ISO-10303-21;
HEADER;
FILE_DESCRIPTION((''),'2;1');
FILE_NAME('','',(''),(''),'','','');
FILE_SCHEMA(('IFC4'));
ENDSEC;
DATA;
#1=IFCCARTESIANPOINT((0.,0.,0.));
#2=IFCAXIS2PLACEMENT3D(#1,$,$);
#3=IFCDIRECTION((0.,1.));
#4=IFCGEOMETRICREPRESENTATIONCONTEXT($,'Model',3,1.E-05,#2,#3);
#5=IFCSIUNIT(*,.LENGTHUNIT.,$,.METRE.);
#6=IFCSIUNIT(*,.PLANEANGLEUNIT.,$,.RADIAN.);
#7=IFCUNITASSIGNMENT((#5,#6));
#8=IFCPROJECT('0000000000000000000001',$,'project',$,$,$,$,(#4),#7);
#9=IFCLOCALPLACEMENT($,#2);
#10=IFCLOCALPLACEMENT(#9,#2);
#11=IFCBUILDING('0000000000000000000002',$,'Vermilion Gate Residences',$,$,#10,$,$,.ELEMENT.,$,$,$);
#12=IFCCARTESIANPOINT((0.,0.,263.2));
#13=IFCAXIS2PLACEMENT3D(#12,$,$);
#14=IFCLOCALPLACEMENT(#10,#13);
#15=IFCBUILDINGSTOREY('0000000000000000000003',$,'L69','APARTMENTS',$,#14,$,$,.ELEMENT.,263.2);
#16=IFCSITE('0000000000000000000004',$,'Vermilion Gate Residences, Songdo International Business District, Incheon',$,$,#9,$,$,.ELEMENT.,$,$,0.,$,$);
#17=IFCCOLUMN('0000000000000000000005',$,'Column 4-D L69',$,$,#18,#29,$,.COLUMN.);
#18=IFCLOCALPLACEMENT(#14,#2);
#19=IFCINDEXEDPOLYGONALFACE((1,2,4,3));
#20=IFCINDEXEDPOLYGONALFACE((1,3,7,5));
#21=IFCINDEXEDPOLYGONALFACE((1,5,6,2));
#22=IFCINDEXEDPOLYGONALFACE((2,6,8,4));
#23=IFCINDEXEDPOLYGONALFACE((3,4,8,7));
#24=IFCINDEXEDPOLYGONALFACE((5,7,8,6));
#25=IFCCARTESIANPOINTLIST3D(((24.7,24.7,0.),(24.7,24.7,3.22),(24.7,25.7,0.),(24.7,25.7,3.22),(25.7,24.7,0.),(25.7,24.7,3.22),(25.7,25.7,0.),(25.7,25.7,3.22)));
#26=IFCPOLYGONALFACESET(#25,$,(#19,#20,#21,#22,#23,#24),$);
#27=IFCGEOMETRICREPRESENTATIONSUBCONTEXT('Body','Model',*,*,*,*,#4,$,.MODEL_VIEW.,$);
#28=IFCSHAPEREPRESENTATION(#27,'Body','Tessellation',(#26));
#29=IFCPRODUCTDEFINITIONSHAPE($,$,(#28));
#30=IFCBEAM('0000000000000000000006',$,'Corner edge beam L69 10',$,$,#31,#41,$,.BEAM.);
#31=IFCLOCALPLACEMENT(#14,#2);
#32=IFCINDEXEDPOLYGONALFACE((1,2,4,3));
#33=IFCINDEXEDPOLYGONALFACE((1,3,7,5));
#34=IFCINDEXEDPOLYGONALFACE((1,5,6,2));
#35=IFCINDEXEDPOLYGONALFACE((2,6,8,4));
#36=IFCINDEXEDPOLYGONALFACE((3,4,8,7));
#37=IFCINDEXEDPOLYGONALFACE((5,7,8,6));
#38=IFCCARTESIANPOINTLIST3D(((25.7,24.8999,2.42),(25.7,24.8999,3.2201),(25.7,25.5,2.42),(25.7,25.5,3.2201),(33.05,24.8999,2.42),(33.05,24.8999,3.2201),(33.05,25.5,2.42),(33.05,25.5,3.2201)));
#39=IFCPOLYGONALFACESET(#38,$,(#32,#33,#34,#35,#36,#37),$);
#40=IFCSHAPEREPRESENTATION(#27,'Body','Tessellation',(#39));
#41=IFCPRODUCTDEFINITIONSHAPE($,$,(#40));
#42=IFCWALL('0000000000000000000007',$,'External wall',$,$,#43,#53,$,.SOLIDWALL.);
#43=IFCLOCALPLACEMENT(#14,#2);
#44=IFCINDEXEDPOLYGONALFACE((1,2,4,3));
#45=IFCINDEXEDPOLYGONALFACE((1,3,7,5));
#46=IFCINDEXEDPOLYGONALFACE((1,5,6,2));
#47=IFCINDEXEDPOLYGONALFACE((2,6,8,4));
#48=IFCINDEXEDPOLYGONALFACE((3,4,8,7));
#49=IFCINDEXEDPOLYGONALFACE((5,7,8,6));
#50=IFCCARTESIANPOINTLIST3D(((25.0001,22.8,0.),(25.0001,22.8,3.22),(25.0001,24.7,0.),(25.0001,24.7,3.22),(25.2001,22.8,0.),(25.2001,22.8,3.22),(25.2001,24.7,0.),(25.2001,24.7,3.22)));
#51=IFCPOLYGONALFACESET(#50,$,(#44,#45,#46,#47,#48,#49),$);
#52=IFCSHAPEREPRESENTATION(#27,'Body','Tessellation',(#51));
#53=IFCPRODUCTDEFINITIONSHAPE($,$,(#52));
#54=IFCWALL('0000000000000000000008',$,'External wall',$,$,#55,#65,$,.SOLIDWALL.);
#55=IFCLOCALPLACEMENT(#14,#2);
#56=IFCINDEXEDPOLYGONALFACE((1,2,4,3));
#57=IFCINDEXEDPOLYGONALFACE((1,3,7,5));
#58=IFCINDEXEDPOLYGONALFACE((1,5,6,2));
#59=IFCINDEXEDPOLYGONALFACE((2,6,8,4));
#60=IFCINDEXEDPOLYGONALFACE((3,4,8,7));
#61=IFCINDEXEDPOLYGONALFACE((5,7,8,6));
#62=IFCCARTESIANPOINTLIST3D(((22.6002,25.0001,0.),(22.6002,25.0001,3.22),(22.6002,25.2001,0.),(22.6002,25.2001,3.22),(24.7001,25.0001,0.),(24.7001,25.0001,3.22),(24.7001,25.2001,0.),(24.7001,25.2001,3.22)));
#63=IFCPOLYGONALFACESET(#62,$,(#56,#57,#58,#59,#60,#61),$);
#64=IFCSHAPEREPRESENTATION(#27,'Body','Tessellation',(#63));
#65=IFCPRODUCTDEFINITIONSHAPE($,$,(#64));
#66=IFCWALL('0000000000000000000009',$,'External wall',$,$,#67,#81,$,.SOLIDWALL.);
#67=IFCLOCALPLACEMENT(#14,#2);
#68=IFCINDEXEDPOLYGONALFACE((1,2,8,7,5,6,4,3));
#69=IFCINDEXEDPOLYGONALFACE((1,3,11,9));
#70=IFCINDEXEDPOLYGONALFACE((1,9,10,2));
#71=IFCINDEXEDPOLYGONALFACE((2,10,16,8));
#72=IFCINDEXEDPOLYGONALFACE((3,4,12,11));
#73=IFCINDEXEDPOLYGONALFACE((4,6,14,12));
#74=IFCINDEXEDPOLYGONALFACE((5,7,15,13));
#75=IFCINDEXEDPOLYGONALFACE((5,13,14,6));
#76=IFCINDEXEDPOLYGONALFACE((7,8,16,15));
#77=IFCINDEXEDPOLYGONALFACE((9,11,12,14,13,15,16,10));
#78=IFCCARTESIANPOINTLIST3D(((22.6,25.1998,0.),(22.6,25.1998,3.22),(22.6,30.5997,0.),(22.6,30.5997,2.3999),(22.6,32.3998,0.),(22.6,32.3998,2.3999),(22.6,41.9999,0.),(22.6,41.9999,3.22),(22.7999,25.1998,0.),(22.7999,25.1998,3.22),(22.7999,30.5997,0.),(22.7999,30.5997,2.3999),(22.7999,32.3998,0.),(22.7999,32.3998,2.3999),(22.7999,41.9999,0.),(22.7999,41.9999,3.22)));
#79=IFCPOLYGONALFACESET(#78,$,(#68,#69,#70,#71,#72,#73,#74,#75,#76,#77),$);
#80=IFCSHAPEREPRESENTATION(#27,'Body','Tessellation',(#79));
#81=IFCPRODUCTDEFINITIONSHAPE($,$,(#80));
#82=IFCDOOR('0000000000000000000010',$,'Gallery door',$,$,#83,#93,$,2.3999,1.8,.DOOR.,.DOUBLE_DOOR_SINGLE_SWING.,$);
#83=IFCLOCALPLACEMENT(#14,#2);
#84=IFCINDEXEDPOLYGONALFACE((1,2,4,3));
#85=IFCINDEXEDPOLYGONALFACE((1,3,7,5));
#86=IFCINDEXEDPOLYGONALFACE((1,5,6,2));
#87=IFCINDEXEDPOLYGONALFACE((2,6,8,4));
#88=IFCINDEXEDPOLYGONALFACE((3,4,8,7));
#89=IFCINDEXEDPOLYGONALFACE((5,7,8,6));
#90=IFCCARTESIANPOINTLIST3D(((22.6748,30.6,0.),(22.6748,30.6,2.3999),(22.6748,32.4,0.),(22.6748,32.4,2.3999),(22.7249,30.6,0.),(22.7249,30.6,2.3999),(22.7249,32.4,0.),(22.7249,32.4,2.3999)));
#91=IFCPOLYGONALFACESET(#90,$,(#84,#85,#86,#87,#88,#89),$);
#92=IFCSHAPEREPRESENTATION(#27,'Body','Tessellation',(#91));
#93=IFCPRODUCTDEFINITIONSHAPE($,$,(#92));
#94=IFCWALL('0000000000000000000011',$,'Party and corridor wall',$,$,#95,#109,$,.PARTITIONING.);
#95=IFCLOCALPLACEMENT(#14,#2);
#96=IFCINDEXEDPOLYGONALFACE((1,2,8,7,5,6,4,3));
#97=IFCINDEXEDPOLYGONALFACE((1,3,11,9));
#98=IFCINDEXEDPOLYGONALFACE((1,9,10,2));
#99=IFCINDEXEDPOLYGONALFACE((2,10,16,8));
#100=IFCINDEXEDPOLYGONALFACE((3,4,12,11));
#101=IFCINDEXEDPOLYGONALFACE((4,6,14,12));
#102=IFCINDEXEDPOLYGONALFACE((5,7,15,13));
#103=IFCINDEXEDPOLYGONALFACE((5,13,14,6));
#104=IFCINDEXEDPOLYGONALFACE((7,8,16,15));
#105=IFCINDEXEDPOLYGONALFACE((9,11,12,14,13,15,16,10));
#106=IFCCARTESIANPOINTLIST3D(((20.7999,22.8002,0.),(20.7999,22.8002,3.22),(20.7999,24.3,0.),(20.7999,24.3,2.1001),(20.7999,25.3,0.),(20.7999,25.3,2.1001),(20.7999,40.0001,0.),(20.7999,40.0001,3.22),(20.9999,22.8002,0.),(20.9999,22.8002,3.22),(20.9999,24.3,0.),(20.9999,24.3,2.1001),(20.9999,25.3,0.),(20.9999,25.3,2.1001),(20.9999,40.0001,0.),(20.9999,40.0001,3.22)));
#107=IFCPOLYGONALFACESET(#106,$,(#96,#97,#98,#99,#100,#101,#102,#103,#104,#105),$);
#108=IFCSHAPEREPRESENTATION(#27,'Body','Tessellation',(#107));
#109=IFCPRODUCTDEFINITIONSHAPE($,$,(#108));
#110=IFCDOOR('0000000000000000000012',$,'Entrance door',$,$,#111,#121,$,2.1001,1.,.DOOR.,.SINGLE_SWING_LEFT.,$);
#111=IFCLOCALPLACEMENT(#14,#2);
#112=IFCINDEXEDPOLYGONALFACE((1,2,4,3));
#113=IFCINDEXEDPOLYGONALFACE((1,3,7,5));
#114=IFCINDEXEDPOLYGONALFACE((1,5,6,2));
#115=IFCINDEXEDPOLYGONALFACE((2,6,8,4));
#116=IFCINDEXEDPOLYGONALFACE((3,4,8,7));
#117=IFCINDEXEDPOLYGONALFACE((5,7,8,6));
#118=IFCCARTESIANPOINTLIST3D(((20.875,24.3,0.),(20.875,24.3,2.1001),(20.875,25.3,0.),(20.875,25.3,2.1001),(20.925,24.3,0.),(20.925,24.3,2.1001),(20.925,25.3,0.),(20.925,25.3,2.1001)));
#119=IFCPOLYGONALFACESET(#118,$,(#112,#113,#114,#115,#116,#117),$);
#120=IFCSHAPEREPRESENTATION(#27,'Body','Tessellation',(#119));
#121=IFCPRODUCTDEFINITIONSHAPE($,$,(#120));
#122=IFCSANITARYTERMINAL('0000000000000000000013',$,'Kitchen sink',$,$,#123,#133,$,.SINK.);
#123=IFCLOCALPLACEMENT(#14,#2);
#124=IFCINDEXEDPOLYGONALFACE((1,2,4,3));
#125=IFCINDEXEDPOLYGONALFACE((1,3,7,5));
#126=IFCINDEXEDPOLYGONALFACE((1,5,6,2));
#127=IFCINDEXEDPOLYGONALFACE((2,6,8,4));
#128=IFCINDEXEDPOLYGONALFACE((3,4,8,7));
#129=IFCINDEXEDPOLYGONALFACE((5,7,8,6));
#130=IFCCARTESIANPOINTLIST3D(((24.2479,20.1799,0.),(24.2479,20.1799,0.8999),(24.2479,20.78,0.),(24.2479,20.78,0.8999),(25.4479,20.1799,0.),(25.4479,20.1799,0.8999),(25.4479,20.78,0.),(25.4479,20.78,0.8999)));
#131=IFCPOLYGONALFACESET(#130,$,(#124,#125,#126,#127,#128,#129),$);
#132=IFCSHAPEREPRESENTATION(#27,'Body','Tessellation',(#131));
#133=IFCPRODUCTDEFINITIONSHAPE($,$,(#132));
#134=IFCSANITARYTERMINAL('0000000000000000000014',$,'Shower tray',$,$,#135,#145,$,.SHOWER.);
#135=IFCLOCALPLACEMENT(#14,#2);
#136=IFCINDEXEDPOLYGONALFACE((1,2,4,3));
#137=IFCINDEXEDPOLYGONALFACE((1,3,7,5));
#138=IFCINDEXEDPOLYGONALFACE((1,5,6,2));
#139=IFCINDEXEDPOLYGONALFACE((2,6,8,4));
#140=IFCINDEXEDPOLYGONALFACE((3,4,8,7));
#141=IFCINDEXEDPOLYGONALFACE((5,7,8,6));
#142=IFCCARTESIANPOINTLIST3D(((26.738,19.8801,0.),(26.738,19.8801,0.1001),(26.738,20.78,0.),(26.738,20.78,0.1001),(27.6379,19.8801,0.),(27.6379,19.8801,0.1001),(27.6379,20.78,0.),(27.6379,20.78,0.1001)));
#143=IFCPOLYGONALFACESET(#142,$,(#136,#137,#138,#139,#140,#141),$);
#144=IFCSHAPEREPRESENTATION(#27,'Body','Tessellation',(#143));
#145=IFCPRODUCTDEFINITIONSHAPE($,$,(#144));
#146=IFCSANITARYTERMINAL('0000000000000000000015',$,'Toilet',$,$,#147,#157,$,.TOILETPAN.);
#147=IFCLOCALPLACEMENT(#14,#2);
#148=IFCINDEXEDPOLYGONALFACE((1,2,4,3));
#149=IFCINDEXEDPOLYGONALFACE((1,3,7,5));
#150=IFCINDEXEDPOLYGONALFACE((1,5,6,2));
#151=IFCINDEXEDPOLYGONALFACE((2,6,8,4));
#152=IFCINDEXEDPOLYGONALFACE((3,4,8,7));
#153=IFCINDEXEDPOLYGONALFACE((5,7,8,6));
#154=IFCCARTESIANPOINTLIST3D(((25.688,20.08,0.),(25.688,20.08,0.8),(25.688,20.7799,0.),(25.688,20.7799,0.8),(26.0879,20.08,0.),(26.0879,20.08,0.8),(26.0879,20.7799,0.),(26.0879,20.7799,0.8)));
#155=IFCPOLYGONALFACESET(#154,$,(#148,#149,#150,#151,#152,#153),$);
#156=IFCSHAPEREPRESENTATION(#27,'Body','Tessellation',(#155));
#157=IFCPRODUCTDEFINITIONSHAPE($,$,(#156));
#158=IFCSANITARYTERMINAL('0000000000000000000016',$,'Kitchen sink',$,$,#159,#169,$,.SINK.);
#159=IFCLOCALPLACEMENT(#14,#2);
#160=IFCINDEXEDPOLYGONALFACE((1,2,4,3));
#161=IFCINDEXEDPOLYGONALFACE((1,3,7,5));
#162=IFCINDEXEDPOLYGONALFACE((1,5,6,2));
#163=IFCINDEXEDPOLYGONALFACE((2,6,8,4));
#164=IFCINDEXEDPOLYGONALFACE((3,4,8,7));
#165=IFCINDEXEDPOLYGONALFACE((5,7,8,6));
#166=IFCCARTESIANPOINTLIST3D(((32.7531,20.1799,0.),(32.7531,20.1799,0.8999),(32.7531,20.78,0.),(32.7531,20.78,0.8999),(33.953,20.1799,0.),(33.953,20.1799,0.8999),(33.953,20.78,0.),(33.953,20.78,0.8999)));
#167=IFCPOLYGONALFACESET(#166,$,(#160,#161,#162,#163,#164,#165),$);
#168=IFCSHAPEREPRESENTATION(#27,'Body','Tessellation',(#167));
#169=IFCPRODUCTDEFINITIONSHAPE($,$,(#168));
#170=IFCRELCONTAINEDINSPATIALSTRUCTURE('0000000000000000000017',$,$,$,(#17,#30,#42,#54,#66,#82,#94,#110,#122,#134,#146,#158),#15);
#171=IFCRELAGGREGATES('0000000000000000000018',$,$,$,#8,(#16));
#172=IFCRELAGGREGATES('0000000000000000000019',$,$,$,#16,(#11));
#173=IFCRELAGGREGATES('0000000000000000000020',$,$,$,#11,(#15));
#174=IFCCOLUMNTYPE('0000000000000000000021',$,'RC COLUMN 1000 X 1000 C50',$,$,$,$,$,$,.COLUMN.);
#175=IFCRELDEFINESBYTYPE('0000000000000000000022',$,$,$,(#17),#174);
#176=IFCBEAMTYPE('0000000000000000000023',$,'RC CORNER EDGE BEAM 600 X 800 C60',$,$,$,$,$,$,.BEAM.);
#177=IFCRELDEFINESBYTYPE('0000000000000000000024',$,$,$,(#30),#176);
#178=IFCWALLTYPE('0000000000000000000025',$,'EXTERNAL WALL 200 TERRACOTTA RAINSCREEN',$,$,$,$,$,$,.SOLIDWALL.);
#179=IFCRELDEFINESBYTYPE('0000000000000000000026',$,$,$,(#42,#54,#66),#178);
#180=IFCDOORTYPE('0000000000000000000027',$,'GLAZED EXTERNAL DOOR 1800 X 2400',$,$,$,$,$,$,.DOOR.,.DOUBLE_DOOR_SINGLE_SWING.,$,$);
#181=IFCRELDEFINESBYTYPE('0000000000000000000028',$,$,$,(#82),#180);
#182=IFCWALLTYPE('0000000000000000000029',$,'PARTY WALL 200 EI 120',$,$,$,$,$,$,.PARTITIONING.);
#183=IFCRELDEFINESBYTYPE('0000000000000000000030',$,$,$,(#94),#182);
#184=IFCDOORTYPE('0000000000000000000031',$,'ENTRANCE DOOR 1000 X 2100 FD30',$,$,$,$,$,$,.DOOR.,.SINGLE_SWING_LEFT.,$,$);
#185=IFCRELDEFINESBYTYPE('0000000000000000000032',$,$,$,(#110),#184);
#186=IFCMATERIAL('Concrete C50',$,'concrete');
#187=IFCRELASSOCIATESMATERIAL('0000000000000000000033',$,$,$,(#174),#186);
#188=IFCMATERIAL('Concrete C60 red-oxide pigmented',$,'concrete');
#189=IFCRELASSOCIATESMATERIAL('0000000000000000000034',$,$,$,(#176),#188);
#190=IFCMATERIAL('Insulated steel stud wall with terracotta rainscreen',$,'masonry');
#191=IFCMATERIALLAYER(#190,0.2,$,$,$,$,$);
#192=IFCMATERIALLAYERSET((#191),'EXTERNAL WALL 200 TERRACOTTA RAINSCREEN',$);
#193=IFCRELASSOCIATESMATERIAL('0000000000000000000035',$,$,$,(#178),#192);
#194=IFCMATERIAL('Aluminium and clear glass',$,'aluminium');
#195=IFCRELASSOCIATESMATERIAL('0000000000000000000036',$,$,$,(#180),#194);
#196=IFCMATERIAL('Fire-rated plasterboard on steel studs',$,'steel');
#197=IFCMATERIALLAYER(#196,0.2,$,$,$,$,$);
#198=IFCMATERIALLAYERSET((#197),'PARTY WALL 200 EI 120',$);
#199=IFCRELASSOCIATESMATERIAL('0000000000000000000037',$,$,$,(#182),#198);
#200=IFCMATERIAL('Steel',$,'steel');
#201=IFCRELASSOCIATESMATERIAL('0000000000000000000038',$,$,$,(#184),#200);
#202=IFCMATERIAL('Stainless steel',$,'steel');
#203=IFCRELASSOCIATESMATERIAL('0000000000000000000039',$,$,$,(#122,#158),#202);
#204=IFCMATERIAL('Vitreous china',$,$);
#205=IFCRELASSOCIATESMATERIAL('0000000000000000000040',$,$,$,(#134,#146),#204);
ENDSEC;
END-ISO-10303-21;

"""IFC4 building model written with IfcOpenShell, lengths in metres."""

from ifc_helpers import new_model, si_unit, direction, frame, frame_2d, origin, origin_2d, place, context, subcontext, project, spatial, rectangle, extrude, material, layer, layer_set, material_profile, profile_set, type_object, element, fill, save


model = new_model("IFC4")

# Units and contexts
model_context = context("Model", 3, precision=1e-05, world=origin(), true_north=direction((0.0, 1.0)))
body_context = subcontext(model_context, "Body", "Model", "MODEL_VIEW")
ifc_project = project(units=[si_unit("LENGTHUNIT", "METRE"), si_unit("PLANEANGLEUNIT", "RADIAN")], contexts=[model_context])

# Site, building, storey
site_placement = place(None, origin())
site = spatial("IfcSite", under=ifc_project, at=site_placement, Name="Vermilion Gate Residences, Songdo International Business District, Incheon", CompositionType="ELEMENT", RefElevation=0.0)
building_placement = place(site_placement, origin())
building = spatial("IfcBuilding", under=site, at=building_placement, Name="Vermilion Gate Residences", CompositionType="ELEMENT")
storey_placement = place(building_placement, frame((0.0, 0.0, 263.2)))
storey = spatial("IfcBuildingStorey", under=building, at=storey_placement, Name="L69", Description="APARTMENTS", CompositionType="ELEMENT", Elevation=263.2)

# Column
ifc_material_1 = material(Name="Concrete C50", Category="concrete")
ifc_material_profile_1 = material_profile(ifc_material_1, rectangle(XDim=1.0, YDim=1.0, at=origin_2d()), Name="RC-1000x1000")
ifc_profile_set_1 = profile_set([ifc_material_profile_1], Name="Concrete C50")
column_type = type_object("IfcColumnType", Name="RC COLUMN 1000 X 1000 C50", PredefinedType="COLUMN", material=ifc_profile_set_1)
column_placement = place(storey_placement, frame((25.2, 25.2, 0.0), z_axis=(0.0, 0.0, 1.0), x_axis=(1.0, 0.0, 0.0)))
element("IfcColumn", 1, at=column_placement, inside=storey, type_object=column_type, Name="Column 4-D L69", PredefinedType="COLUMN", context=body_context, shape_type="SweptSolid", body=[
    extrude(rectangle(XDim=1.0, YDim=1.0, at=origin_2d()), origin(), (0.0, 0.0, 1.0), 3.22),
])

# Beam
ifc_material_2 = material(Name="Concrete C60 red-oxide pigmented", Category="concrete")
ifc_material_profile_2 = material_profile(ifc_material_2, rectangle(XDim=0.6001, YDim=0.8, at=origin_2d()), Name="RC-600x800")
ifc_profile_set_2 = profile_set([ifc_material_profile_2], Name="Concrete C60 red-oxide pigmented")
beam_type = type_object("IfcBeamType", Name="RC CORNER EDGE BEAM 600 X 800 C60", PredefinedType="BEAM", material=ifc_profile_set_2)
beam_placement = place(storey_placement, frame((25.7, 25.2, 2.8201), z_axis=(1.0, 0.0, 0.0), x_axis=(0.0, 1.0, 0.0)))
element("IfcBeam", 2, at=beam_placement, inside=storey, type_object=beam_type, Name="Corner edge beam L69 10", PredefinedType="BEAM", context=body_context, shape_type="SweptSolid", body=[
    extrude(rectangle(XDim=0.6001, YDim=0.8, at=origin_2d()), origin(), (0.0, 0.0, 1.0), 7.3501),
])

# Walls
ifc_material_3 = material(Name="Insulated steel stud wall with terracotta rainscreen", Category="masonry")
ifc_layer_1 = layer(ifc_material_3, 0.2)
ifc_layer_set_1 = layer_set([ifc_layer_1], Name="EXTERNAL WALL 200 TERRACOTTA RAINSCREEN")
wall_type_1 = type_object("IfcWallType", Name="EXTERNAL WALL 200 TERRACOTTA RAINSCREEN", PredefinedType="SOLIDWALL", material=ifc_layer_set_1)
wall_1_placement = place(storey_placement, frame((25.1001, 22.8, 0.0), z_axis=(0.0, 0.0, 1.0), x_axis=(0.0, 1.0, 0.0)))
element("IfcWall", 3, at=wall_1_placement, inside=storey, type_object=wall_type_1, Name="External wall", PredefinedType="SOLIDWALL", context=body_context, shape_type="SweptSolid", body=[
    extrude(rectangle(XDim=1.8999, YDim=0.2, at=frame_2d((0.95, 0.0))), origin(), (0.0, 0.0, 1.0), 3.22),
])
wall_2_placement = place(storey_placement, frame((24.7, 25.1001, 0.0), z_axis=(0.0, 0.0, 1.0), x_axis=(-1.0, 0.0, 0.0)))
element("IfcWall", 4, at=wall_2_placement, inside=storey, type_object=wall_type_1, Name="External wall", PredefinedType="SOLIDWALL", context=body_context, shape_type="SweptSolid", body=[
    extrude(rectangle(XDim=2.0999, YDim=0.2, at=frame_2d((1.0498, 0.0))), origin(), (0.0, 0.0, 1.0), 3.22),
])

# Walls, openings, doors
wall_3_placement = place(storey_placement, frame((22.7, 25.2, 0.0), z_axis=(0.0, 0.0, 1.0), x_axis=(0.0, 1.0, 0.0)))
wall_3 = element("IfcWall", 5, at=wall_3_placement, inside=storey, type_object=wall_type_1, Name="External wall", PredefinedType="SOLIDWALL", context=body_context, shape_type="SweptSolid", body=[
    extrude(rectangle(XDim=16.8, YDim=0.2, at=frame_2d((8.3999, 0.0))), origin(), (0.0, 0.0, 1.0), 3.22),
])
opening_1_placement = place(wall_3_placement, frame((5.3999, 0.0, 0.0)))
opening_1 = element("IfcOpeningElement", 6, at=opening_1_placement, cuts=wall_3, PredefinedType="OPENING", context=body_context, shape_type="SweptSolid", body=[
    extrude(rectangle(XDim=1.8, YDim=2.3999, at=frame_2d((0.8999, 1.2))), frame((0.0, 0.1099, 0.0), z_axis=(0.0, -1.0, 0.0), x_axis=(1.0, 0.0, 0.0)), (0.0, 0.0, 1.0), 0.22),
])
ifc_material_4 = material(Name="Aluminium and clear glass", Category="aluminium")
door_type_1 = type_object("IfcDoorType", Name="GLAZED EXTERNAL DOOR 1800 X 2400", OperationType="DOUBLE_DOOR_SINGLE_SWING", PredefinedType="DOOR", material=ifc_material_4)
door_1_placement = place(opening_1_placement, frame((1.8, 0.0, 0.0), z_axis=(0.0, 0.0, 1.0), x_axis=(-1.0, 0.0, 0.0)))
door_1 = element("IfcDoor", 7, at=door_1_placement, inside=storey, type_object=door_type_1, Name="Gallery door", OperationType="DOUBLE_DOOR_SINGLE_SWING", OverallHeight=2.3999, OverallWidth=1.8, PredefinedType="DOOR", context=body_context, shape_type="SweptSolid", body=[
    extrude(rectangle(XDim=1.8, YDim=2.3999, at=frame_2d((0.8999, 1.2))), frame((0.0, 0.0249, 0.0), z_axis=(0.0, -1.0, 0.0), x_axis=(1.0, 0.0, 0.0)), (0.0, 0.0, 1.0), 0.05),
])
fill(opening_1, door_1)
ifc_material_5 = material(Name="Fire-rated plasterboard on steel studs", Category="steel")
ifc_layer_2 = layer(ifc_material_5, 0.2)
ifc_layer_set_2 = layer_set([ifc_layer_2], Name="PARTY WALL 200 EI 120")
wall_type_2 = type_object("IfcWallType", Name="PARTY WALL 200 EI 120", PredefinedType="PARTITIONING", material=ifc_layer_set_2)
wall_4_placement = place(storey_placement, frame((20.8999, 22.8, 0.0), z_axis=(0.0, 0.0, 1.0), x_axis=(0.0, 1.0, 0.0)))
wall_4 = element("IfcWall", 8, at=wall_4_placement, inside=storey, type_object=wall_type_2, Name="Party and corridor wall", PredefinedType="PARTITIONING", context=body_context, shape_type="SweptSolid", body=[
    extrude(rectangle(XDim=17.2, YDim=0.2, at=frame_2d((8.6001, 0.0))), origin(), (0.0, 0.0, 1.0), 3.22),
])
opening_2_placement = place(wall_4_placement, frame((1.5, 0.0, 0.0)))
opening_2 = element("IfcOpeningElement", 9, at=opening_2_placement, cuts=wall_4, PredefinedType="OPENING", context=body_context, shape_type="SweptSolid", body=[
    extrude(rectangle(XDim=1.0, YDim=2.1001, at=frame_2d((0.5, 1.05))), frame((0.0, 0.1099, 0.0), z_axis=(0.0, -1.0, 0.0), x_axis=(1.0, 0.0, 0.0)), (0.0, 0.0, 1.0), 0.22),
])
ifc_material_6 = material(Name="Steel", Category="steel")
door_type_2 = type_object("IfcDoorType", Name="ENTRANCE DOOR 1000 X 2100 FD30", OperationType="SINGLE_SWING_LEFT", PredefinedType="DOOR", material=ifc_material_6)
door_2_placement = place(opening_2_placement, origin())
door_2 = element("IfcDoor", 10, at=door_2_placement, inside=storey, type_object=door_type_2, Name="Entrance door", OperationType="SINGLE_SWING_LEFT", OverallHeight=2.1001, OverallWidth=1.0, PredefinedType="DOOR", context=body_context, shape_type="SweptSolid", body=[
    extrude(rectangle(XDim=1.0, YDim=2.1001, at=frame_2d((0.5, 1.05))), frame((0.0, 0.0249, 0.0), z_axis=(0.0, -1.0, 0.0), x_axis=(1.0, 0.0, 0.0)), (0.0, 0.0, 1.0), 0.05),
])
fill(opening_2, door_2)

# Sanitary terminals
ifc_material_7 = material(Name="Stainless steel", Category="steel")
sanitary_terminal_1_placement = place(storey_placement, frame((24.8479, 20.48, 0.0), z_axis=(0.0, 0.0, 1.0), x_axis=(1.0, 0.0, 0.0)))
element("IfcSanitaryTerminal", 11, at=sanitary_terminal_1_placement, inside=storey, material=ifc_material_7, Name="Kitchen sink", PredefinedType="SINK", context=body_context, shape_type="SweptSolid", body=[
    extrude(rectangle(XDim=1.2, YDim=0.6001, at=origin_2d()), origin(), (0.0, 0.0, 1.0), 0.8999),
])
ifc_material_8 = material(Name="Vitreous china")
sanitary_terminal_2_placement = place(storey_placement, frame((27.188, 20.3301, 0.0), z_axis=(0.0, 0.0, 1.0), x_axis=(1.0, 0.0, 0.0)))
element("IfcSanitaryTerminal", 12, at=sanitary_terminal_2_placement, inside=storey, material=ifc_material_8, Name="Shower tray", PredefinedType="SHOWER", context=body_context, shape_type="SweptSolid", body=[
    extrude(rectangle(XDim=0.8999, YDim=0.8999, at=origin_2d()), origin(), (0.0, 0.0, 1.0), 0.1001),
])
sanitary_terminal_3_placement = place(storey_placement, frame((25.8879, 20.4299, 0.0), z_axis=(0.0, 0.0, 1.0), x_axis=(1.0, 0.0, 0.0)))
element("IfcSanitaryTerminal", 13, at=sanitary_terminal_3_placement, inside=storey, material=ifc_material_8, Name="Toilet", PredefinedType="TOILETPAN", context=body_context, shape_type="SweptSolid", body=[
    extrude(rectangle(XDim=0.3999, YDim=0.7, at=origin_2d()), origin(), (0.0, 0.0, 1.0), 0.8),
])
sanitary_terminal_4_placement = place(storey_placement, frame((33.353, 20.48, 0.0), z_axis=(0.0, 0.0, 1.0), x_axis=(1.0, 0.0, 0.0)))
element("IfcSanitaryTerminal", 14, at=sanitary_terminal_4_placement, inside=storey, material=ifc_material_7, Name="Kitchen sink", PredefinedType="SINK", context=body_context, shape_type="SweptSolid", body=[
    extrude(rectangle(XDim=1.2, YDim=0.6001, at=origin_2d()), origin(), (0.0, 0.0, 1.0), 0.8999),
])

save(model, "model.ifc")
